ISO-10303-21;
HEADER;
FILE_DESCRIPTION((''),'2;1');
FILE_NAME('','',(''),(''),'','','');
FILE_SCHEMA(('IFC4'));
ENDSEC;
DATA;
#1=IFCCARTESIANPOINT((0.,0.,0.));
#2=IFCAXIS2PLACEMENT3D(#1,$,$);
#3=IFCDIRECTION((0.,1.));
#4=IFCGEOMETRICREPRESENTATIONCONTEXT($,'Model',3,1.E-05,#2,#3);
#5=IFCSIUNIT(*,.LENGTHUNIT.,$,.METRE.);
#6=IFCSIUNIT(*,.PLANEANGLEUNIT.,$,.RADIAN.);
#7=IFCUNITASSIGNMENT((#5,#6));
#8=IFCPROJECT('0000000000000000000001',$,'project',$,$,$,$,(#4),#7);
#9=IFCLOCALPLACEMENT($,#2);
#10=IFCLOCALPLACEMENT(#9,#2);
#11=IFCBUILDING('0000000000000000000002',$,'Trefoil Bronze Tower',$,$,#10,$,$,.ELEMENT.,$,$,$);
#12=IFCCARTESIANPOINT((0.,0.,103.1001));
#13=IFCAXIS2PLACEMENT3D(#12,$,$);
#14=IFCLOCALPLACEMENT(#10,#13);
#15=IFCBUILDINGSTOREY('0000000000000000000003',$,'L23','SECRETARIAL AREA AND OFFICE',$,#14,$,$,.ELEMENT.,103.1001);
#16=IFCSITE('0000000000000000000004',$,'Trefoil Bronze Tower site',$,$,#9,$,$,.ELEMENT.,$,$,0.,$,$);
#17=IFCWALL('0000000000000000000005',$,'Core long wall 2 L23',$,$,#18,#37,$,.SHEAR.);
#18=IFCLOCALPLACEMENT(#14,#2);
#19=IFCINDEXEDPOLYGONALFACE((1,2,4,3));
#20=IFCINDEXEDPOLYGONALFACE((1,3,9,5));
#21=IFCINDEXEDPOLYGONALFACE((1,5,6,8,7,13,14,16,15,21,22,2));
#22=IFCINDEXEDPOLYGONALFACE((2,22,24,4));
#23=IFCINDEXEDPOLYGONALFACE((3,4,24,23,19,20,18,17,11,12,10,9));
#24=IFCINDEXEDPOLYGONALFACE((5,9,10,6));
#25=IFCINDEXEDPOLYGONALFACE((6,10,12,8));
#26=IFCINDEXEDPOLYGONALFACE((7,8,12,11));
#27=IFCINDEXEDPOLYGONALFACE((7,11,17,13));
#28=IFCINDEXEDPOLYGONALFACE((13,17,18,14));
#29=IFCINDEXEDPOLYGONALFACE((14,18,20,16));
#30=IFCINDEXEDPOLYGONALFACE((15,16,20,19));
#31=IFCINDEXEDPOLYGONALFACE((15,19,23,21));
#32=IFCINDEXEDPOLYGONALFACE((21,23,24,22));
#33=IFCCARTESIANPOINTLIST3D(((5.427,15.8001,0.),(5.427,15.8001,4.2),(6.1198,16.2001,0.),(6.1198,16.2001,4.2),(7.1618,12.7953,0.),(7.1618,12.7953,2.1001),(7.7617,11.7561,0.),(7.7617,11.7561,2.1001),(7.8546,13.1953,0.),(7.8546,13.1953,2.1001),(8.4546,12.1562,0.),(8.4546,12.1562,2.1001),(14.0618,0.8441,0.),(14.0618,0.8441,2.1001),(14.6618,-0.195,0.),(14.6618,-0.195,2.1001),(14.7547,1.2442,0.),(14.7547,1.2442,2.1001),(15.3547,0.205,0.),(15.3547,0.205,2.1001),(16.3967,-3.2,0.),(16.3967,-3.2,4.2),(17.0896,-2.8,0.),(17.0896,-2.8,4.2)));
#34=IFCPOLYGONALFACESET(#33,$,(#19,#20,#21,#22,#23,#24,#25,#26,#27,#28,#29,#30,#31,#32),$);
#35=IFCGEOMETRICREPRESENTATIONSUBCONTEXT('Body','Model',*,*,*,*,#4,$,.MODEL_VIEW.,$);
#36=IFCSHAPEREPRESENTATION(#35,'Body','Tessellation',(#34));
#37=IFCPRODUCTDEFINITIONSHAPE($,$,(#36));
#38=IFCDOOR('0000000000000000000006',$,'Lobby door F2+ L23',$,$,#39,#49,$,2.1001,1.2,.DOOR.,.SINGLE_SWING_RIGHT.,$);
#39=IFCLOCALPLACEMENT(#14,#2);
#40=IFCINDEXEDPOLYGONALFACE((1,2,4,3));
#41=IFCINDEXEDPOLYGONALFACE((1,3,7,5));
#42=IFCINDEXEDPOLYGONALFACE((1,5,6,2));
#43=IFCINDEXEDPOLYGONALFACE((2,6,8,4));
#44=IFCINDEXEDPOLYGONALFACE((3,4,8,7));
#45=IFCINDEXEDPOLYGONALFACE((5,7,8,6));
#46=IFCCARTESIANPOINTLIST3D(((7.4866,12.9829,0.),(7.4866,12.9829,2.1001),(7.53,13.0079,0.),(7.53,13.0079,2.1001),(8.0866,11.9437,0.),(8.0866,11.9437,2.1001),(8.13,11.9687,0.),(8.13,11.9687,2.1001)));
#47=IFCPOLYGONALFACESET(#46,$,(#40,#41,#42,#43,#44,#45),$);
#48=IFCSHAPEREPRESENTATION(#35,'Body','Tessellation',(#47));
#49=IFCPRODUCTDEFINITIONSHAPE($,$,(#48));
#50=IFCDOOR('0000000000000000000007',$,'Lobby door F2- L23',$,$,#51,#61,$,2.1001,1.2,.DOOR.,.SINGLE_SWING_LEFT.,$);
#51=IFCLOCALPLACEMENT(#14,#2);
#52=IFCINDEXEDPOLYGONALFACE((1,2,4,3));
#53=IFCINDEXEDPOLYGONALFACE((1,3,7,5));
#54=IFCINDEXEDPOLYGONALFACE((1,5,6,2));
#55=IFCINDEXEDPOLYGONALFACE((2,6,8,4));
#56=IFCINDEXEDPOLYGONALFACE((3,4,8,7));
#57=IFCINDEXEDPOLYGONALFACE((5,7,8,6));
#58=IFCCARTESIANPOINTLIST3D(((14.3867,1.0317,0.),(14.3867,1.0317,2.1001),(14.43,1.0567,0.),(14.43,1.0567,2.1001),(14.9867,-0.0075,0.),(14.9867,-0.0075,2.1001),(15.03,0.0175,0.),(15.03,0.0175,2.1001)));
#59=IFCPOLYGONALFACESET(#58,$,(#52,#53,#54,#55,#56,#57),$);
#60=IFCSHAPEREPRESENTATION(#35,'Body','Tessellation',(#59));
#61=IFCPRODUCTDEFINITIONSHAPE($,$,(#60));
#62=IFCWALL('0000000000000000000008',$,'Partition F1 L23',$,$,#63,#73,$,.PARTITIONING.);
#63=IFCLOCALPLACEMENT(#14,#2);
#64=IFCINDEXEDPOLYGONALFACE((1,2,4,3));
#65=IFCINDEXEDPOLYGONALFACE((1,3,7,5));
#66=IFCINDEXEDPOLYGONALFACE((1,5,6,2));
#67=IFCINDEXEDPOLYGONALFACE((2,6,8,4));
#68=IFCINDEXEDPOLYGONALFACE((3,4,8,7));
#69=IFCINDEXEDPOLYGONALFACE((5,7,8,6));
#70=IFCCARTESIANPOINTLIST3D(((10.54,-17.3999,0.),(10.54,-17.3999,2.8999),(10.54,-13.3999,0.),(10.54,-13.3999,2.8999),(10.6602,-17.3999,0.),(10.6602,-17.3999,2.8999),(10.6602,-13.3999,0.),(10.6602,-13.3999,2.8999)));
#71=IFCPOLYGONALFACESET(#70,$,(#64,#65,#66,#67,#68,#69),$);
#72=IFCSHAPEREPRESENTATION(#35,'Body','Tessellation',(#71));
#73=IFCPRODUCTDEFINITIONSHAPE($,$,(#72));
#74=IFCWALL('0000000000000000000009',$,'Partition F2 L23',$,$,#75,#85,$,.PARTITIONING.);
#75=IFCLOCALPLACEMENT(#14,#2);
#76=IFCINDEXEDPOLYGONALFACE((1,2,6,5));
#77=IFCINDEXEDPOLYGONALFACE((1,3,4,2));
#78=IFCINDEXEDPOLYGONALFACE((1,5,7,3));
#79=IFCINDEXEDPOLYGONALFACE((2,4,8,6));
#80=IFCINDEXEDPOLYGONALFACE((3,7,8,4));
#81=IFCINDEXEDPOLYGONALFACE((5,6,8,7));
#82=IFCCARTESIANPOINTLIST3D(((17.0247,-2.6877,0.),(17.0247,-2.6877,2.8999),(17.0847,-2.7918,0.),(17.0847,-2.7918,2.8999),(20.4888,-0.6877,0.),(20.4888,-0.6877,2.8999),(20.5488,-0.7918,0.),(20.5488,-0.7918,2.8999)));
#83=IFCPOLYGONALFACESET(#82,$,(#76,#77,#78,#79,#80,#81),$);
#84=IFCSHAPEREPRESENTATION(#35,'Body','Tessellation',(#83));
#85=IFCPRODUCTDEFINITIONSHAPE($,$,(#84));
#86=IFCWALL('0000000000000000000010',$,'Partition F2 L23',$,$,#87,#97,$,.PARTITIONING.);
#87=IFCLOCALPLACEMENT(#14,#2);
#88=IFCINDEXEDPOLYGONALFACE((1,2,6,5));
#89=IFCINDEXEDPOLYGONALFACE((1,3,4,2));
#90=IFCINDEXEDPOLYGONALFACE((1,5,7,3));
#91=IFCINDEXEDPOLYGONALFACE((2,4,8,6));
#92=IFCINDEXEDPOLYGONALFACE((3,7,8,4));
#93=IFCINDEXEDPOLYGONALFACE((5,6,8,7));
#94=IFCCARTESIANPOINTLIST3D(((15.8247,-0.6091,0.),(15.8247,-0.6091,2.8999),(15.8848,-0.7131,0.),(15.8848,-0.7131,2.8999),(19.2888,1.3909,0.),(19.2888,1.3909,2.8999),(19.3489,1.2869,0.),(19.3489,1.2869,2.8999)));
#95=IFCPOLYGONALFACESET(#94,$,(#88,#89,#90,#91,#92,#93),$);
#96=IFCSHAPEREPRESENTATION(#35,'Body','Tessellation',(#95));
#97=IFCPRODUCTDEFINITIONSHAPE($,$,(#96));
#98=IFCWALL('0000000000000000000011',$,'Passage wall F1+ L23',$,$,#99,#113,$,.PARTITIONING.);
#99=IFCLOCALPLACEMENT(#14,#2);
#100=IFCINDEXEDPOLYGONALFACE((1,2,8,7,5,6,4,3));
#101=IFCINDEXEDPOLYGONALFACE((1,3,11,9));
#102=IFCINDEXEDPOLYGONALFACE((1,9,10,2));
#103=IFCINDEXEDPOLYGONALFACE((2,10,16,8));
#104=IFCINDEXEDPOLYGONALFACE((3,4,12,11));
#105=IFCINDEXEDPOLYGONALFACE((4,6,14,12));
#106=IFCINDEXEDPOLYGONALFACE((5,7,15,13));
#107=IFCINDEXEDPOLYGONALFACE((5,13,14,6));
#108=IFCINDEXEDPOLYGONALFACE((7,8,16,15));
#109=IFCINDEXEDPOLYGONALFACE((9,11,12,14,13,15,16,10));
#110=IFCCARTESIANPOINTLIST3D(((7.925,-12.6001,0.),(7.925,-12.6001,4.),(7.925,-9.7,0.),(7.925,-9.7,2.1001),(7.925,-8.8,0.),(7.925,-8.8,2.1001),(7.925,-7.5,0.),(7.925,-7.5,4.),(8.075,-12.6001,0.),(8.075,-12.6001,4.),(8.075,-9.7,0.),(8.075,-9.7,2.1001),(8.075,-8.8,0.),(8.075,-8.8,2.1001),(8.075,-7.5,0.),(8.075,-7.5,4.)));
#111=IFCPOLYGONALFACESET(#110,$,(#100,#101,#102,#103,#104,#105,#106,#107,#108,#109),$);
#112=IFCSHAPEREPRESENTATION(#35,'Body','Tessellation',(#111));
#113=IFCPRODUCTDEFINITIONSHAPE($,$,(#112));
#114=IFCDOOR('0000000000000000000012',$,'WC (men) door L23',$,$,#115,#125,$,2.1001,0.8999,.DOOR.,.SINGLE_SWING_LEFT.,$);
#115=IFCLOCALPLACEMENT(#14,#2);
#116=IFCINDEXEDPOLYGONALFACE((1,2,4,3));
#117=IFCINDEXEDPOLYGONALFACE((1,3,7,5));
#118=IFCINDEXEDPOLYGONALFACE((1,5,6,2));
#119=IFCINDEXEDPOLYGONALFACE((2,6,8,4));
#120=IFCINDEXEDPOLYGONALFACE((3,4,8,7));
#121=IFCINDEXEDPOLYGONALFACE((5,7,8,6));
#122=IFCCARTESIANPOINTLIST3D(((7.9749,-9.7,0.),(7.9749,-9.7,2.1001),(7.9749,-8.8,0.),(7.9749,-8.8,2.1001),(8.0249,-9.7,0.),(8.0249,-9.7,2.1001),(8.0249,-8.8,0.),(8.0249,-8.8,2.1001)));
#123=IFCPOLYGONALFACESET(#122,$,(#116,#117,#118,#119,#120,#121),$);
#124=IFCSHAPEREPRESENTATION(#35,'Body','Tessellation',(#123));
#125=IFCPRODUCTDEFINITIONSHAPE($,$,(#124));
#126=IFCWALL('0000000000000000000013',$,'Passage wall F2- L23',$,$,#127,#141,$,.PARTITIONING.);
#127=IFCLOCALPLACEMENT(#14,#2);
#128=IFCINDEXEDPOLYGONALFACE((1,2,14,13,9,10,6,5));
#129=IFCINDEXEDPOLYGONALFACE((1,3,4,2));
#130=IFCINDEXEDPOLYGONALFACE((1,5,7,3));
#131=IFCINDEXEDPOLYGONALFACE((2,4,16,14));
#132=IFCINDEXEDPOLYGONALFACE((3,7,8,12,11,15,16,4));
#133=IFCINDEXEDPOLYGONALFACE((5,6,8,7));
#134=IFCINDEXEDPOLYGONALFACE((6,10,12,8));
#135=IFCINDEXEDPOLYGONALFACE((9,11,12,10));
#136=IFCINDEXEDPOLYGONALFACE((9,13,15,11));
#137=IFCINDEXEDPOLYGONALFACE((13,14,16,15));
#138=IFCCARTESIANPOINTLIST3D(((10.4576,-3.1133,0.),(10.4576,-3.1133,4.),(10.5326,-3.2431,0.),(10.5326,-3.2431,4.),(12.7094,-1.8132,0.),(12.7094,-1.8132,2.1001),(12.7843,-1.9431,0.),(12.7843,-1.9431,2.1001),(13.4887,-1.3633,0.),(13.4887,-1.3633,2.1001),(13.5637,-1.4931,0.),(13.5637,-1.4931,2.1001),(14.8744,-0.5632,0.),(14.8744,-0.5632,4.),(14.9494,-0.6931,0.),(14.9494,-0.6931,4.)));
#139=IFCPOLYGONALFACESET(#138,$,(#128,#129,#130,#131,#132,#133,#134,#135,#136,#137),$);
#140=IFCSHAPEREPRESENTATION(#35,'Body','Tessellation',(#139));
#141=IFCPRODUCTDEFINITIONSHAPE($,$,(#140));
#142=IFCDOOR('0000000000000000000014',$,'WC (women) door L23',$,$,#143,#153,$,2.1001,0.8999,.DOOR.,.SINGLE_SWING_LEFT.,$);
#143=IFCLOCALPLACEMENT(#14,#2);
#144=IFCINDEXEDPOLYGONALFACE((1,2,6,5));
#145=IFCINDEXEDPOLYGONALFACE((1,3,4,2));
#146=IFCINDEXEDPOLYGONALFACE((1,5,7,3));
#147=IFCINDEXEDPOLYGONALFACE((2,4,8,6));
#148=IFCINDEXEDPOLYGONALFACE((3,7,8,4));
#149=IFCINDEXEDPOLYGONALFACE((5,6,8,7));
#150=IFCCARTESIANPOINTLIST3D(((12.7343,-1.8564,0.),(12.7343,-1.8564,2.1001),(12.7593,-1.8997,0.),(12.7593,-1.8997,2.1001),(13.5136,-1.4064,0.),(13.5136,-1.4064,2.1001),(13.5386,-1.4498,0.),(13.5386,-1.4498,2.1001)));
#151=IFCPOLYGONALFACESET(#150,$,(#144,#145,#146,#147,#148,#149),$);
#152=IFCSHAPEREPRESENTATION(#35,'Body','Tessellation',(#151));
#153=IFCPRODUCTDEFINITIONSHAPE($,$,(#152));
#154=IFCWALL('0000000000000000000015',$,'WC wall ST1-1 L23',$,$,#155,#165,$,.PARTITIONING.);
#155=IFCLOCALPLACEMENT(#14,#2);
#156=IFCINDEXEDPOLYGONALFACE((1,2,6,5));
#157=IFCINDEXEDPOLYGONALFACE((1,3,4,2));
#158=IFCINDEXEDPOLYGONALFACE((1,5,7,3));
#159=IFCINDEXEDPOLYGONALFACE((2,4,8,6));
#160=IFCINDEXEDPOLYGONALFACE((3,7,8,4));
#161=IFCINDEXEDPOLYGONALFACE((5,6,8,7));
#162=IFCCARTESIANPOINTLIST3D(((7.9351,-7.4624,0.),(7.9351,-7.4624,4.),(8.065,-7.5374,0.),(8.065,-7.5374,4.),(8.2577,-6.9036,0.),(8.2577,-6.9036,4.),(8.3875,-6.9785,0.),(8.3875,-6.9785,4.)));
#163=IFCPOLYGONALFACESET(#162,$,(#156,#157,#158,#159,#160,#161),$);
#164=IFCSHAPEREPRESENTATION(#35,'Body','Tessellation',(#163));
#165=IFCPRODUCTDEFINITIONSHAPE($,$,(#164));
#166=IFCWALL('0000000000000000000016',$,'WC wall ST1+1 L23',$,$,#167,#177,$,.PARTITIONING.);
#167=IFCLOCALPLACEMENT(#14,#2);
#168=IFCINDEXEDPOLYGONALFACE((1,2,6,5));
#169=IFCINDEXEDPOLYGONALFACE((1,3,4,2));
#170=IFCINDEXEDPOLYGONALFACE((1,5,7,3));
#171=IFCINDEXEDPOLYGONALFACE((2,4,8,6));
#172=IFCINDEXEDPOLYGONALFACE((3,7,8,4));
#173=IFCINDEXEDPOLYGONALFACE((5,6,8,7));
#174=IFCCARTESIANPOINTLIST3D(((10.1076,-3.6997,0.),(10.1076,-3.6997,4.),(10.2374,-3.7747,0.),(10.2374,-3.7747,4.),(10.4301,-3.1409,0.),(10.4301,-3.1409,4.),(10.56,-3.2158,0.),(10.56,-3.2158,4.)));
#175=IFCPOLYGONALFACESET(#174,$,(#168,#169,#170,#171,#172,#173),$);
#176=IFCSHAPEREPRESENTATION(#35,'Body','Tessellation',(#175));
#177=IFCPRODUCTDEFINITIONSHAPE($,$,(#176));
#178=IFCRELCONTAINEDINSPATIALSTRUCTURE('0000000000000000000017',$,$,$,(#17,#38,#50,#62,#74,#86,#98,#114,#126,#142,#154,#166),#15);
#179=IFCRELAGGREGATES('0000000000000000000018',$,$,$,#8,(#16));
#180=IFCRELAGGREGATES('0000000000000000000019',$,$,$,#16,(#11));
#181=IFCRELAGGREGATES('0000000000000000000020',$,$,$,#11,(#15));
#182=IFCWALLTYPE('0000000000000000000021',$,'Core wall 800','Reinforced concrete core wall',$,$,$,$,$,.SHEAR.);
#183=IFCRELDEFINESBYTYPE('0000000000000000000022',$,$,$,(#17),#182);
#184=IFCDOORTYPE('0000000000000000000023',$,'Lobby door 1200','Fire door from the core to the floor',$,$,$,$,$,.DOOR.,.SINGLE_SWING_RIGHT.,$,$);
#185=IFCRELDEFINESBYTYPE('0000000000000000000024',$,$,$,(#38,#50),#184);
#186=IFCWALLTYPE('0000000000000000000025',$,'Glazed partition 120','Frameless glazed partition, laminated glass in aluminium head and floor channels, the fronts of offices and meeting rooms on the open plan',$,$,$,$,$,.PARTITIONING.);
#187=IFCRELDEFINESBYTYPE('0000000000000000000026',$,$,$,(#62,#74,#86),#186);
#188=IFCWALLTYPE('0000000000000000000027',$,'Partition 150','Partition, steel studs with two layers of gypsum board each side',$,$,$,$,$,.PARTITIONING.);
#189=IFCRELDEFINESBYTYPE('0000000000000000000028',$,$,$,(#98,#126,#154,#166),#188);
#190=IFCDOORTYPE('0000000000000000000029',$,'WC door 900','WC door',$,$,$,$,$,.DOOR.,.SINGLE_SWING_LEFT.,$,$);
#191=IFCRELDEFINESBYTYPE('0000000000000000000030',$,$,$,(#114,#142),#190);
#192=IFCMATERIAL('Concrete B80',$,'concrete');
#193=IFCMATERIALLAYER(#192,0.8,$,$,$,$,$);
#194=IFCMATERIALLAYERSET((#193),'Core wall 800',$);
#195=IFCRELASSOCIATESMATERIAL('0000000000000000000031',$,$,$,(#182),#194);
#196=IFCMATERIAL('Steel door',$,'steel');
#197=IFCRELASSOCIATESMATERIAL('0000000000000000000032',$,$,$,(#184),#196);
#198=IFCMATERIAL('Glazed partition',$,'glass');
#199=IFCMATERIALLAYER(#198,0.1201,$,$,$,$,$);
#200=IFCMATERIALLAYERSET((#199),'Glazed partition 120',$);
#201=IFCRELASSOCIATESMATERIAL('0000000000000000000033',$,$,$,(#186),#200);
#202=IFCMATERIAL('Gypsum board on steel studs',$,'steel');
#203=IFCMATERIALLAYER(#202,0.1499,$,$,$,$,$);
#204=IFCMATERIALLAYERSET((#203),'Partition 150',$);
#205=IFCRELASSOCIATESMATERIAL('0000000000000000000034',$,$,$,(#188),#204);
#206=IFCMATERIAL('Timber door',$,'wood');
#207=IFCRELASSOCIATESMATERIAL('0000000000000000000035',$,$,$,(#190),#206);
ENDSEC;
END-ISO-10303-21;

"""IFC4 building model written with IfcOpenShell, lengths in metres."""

from ifc_helpers import new_model, si_unit, direction, frame, frame_2d, origin, place, context, subcontext, project, spatial, rectangle, extrude, material, layer, layer_set, type_object, element, fill, save


model = new_model("IFC4")

# Units and contexts
model_context = context("Model", 3, precision=1e-05, world=origin(), true_north=direction((0.0, 1.0)))
body_context = subcontext(model_context, "Body", "Model", "MODEL_VIEW")
ifc_project = project(units=[si_unit("LENGTHUNIT", "METRE"), si_unit("PLANEANGLEUNIT", "RADIAN")], contexts=[model_context])

# Site, building, storey
site_placement = place(None, origin())
site = spatial("IfcSite", under=ifc_project, at=site_placement, Name="Trefoil Bronze Tower site", CompositionType="ELEMENT", RefElevation=0.0)
building_placement = place(site_placement, origin())
building = spatial("IfcBuilding", under=site, at=building_placement, Name="Trefoil Bronze Tower", CompositionType="ELEMENT")
storey_placement = place(building_placement, frame((0.0, 0.0, 103.1001)))
storey = spatial("IfcBuildingStorey", under=building, at=storey_placement, Name="L23", Description="SECRETARIAL AREA AND OFFICE", CompositionType="ELEMENT", Elevation=103.1001)

# Shared definitions
ifc_material_1 = material(Name="Concrete B80", Category="concrete")
ifc_layer_1 = layer(ifc_material_1, 0.8)
ifc_layer_set_1 = layer_set([ifc_layer_1], Name="Core wall 800")
wall_type_1 = type_object("IfcWallType", Name="Core wall 800", Description="Reinforced concrete core wall", PredefinedType="SHEAR", material=ifc_layer_set_1)

# Wall, openings, doors
wall_1_placement = place(storey_placement, frame((16.7432, -3.0, 0.0), z_axis=(0.0, 0.0, 1.0), x_axis=(-0.500002, 0.866024, 0.0)))
wall_1 = element("IfcWall", 1, at=wall_1_placement, inside=storey, type_object=wall_type_1, Name="Core long wall 2 L23", PredefinedType="SHEAR", context=body_context, shape_type="SweptSolid", body=[
    extrude(rectangle(XDim=21.9395, YDim=0.8, at=frame_2d((10.9697, 0.0))), origin(), (0.0, 0.0, 1.0), 4.2),
])
opening_1_placement = place(wall_1_placement, frame((17.2698, 0.0, 0.0)))
opening_1 = element("IfcOpeningElement", 2, at=opening_1_placement, cuts=wall_1, PredefinedType="OPENING", context=body_context, shape_type="SweptSolid", body=[
    extrude(rectangle(XDim=1.2, YDim=2.1001, at=frame_2d((0.6001, 1.05))), frame((0.0, 0.4099, 0.0), z_axis=(0.0, -1.0, 0.0), x_axis=(1.0, 0.0, 0.0)), (0.0, 0.0, 1.0), 0.8201),
])
opening_2_placement = place(wall_1_placement, frame((3.4697, 0.0, 0.0)))
opening_2 = element("IfcOpeningElement", 3, at=opening_2_placement, cuts=wall_1, PredefinedType="OPENING", context=body_context, shape_type="SweptSolid", body=[
    extrude(rectangle(XDim=1.2, YDim=2.1001, at=frame_2d((0.6001, 1.05))), frame((0.0, 0.4099, 0.0), z_axis=(0.0, -1.0, 0.0), x_axis=(1.0, 0.0, 0.0)), (0.0, 0.0, 1.0), 0.8201),
])
ifc_material_2 = material(Name="Steel door", Category="steel")
door_type_1 = type_object("IfcDoorType", Name="Lobby door 1200", Description="Fire door from the core to the floor", OperationType="SINGLE_SWING_RIGHT", PredefinedType="DOOR", material=ifc_material_2)
door_1_placement = place(opening_1_placement, origin())
door_1 = element("IfcDoor", 4, at=door_1_placement, inside=storey, type_object=door_type_1, Name="Lobby door F2+ L23", OperationType="SINGLE_SWING_RIGHT", OverallHeight=2.1001, OverallWidth=1.2, PredefinedType="DOOR", context=body_context, shape_type="SweptSolid", body=[
    extrude(rectangle(XDim=1.2, YDim=2.1001, at=frame_2d((0.6001, 1.05))), frame((0.0, 0.0249, 0.0), z_axis=(0.0, -1.0, 0.0), x_axis=(1.0, 0.0, 0.0)), (0.0, 0.0, 1.0), 0.05),
])
fill(opening_1, door_1)
door_2_placement = place(opening_2_placement, origin())
door_2 = element("IfcDoor", 5, at=door_2_placement, inside=storey, type_object=door_type_1, Name="Lobby door F2- L23", OperationType="SINGLE_SWING_LEFT", OverallHeight=2.1001, OverallWidth=1.2, PredefinedType="DOOR", context=body_context, shape_type="SweptSolid", body=[
    extrude(rectangle(XDim=1.2, YDim=2.1001, at=frame_2d((0.6001, 1.05))), frame((0.0, 0.0249, 0.0), z_axis=(0.0, -1.0, 0.0), x_axis=(1.0, 0.0, 0.0)), (0.0, 0.0, 1.0), 0.05),
])
fill(opening_2, door_2)

# Walls
ifc_material_3 = material(Name="Glazed partition", Category="glass")
ifc_layer_2 = layer(ifc_material_3, 0.1201)
ifc_layer_set_2 = layer_set([ifc_layer_2], Name="Glazed partition 120")
wall_type_2 = type_object("IfcWallType", Name="Glazed partition 120", Description="Frameless glazed partition, laminated glass in aluminium head and floor channels, the fronts of offices and meeting rooms on the open plan", PredefinedType="PARTITIONING", material=ifc_layer_set_2)
for number, where, z_axis, x_axis, name in (
    (6, (10.6001, -13.3999, 0.0), (0.0, 0.0, 1.0), (0.0, -1.0, 0.0), "Partition F1 L23"),
    (7, (17.0547, -2.7397, 0.0), (0.0, 0.0, 1.0), (0.866026, 0.499999, 0.0), "Partition F2 L23"),
    (8, (15.8547, -0.6611, 0.0), (0.0, 0.0, 1.0), (0.866026, 0.499999, 0.0), "Partition F2 L23"),
):
    element("IfcWall", number, at=place(storey_placement, frame(where, z_axis=z_axis, x_axis=x_axis)), inside=storey, type_object=wall_type_2, Name=name, PredefinedType="PARTITIONING", context=body_context, shape_type="SweptSolid", body=[
        extrude(rectangle(XDim=4.0, YDim=0.1201, at=frame_2d((2.0, 0.0))), origin(), (0.0, 0.0, 1.0), 2.8999),
    ])

# Walls, openings, doors
ifc_material_4 = material(Name="Gypsum board on steel studs", Category="steel")
ifc_layer_3 = layer(ifc_material_4, 0.1499)
ifc_layer_set_3 = layer_set([ifc_layer_3], Name="Partition 150")
wall_type_3 = type_object("IfcWallType", Name="Partition 150", Description="Partition, steel studs with two layers of gypsum board each side", PredefinedType="PARTITIONING", material=ifc_layer_set_3)
wall_2_placement = place(storey_placement, frame((8.0, -7.5, 0.0), z_axis=(0.0, 0.0, 1.0), x_axis=(0.0, -1.0, 0.0)))
wall_2 = element("IfcWall", 9, at=wall_2_placement, inside=storey, type_object=wall_type_3, Name="Passage wall F1+ L23", PredefinedType="PARTITIONING", context=body_context, shape_type="SweptSolid", body=[
    extrude(rectangle(XDim=5.1001, YDim=0.1499, at=frame_2d((2.55, 0.0))), origin(), (0.0, 0.0, 1.0), 4.0),
])
opening_3_placement = place(wall_2_placement, frame((1.3, 0.0, 0.0)))
opening_3 = element("IfcOpeningElement", 10, at=opening_3_placement, cuts=wall_2, PredefinedType="OPENING", context=body_context, shape_type="SweptSolid", body=[
    extrude(rectangle(XDim=0.8999, YDim=2.1001, at=frame_2d((0.45, 1.05))), frame((0.0, 0.085, 0.0), z_axis=(0.0, -1.0, 0.0), x_axis=(1.0, 0.0, 0.0)), (0.0, 0.0, 1.0), 0.1699),
])
ifc_material_5 = material(Name="Timber door", Category="wood")
door_type_2 = type_object("IfcDoorType", Name="WC door 900", Description="WC door", OperationType="SINGLE_SWING_LEFT", PredefinedType="DOOR", material=ifc_material_5)
door_3_placement = place(opening_3_placement, origin())
door_3 = element("IfcDoor", 11, at=door_3_placement, inside=storey, type_object=door_type_2, Name="WC (men) door L23", OperationType="SINGLE_SWING_LEFT", OverallHeight=2.1001, OverallWidth=0.8999, PredefinedType="DOOR", context=body_context, shape_type="SweptSolid", body=[
    extrude(rectangle(XDim=0.8999, YDim=2.1001, at=frame_2d((0.45, 1.05))), frame((0.0, 0.0249, 0.0), z_axis=(0.0, -1.0, 0.0), x_axis=(1.0, 0.0, 0.0)), (0.0, 0.0, 1.0), 0.05),
])
fill(opening_3, door_3)
wall_3_placement = place(storey_placement, frame((10.4951, -3.1782, 0.0), z_axis=(0.0, 0.0, 1.0), x_axis=(0.866022, 0.500006, 0.0)))
wall_3 = element("IfcWall", 12, at=wall_3_placement, inside=storey, type_object=wall_type_3, Name="Passage wall F2- L23", PredefinedType="PARTITIONING", context=body_context, shape_type="SweptSolid", body=[
    extrude(rectangle(XDim=5.1001, YDim=0.1499, at=frame_2d((2.55, 0.0))), origin(), (0.0, 0.0, 1.0), 4.0),
])
opening_4_placement = place(wall_3_placement, frame((2.6001, 0.0, 0.0)))
opening_4 = element("IfcOpeningElement", 13, at=opening_4_placement, cuts=wall_3, PredefinedType="OPENING", context=body_context, shape_type="SweptSolid", body=[
    extrude(rectangle(XDim=0.8999, YDim=2.1001, at=frame_2d((0.45, 1.05))), frame((0.0, 0.085, 0.0), z_axis=(0.0, -1.0, 0.0), x_axis=(1.0, 0.0, 0.0)), (0.0, 0.0, 1.0), 0.1699),
])
door_4_placement = place(opening_4_placement, frame((0.8999, 0.0, 0.0), z_axis=(0.0, 0.0, 1.0), x_axis=(-1.0, 0.0, 0.0)))
door_4 = element("IfcDoor", 14, at=door_4_placement, inside=storey, type_object=door_type_2, Name="WC (women) door L23", OperationType="SINGLE_SWING_LEFT", OverallHeight=2.1001, OverallWidth=0.8999, PredefinedType="DOOR", context=body_context, shape_type="SweptSolid", body=[
    extrude(rectangle(XDim=0.8999, YDim=2.1001, at=frame_2d((0.45, 1.05))), frame((0.0, 0.0249, 0.0), z_axis=(0.0, -1.0, 0.0), x_axis=(1.0, 0.0, 0.0)), (0.0, 0.0, 1.0), 0.05),
])
fill(opening_4, door_4)

# Walls
for number, where, z_axis, x_axis, name in (
    (15, (8.0, -7.5, 0.0), (0.0, 0.0, 1.0), (0.499843, 0.866116, 0.0), "WC wall ST1-1 L23"),
    (16, (10.4951, -3.1782, 0.0), (0.0, 0.0, 1.0), (-0.499843, -0.866116, 0.0), "WC wall ST1+1 L23"),
):
    element("IfcWall", number, at=place(storey_placement, frame(where, z_axis=z_axis, x_axis=x_axis)), inside=storey, type_object=wall_type_3, Name=name, PredefinedType="PARTITIONING", context=body_context, shape_type="SweptSolid", body=[
        extrude(rectangle(XDim=0.6453, YDim=0.1499, at=frame_2d((0.3228, 0.0))), origin(), (0.0, 0.0, 1.0), 4.0),
    ])

save(model, "model.ifc")
